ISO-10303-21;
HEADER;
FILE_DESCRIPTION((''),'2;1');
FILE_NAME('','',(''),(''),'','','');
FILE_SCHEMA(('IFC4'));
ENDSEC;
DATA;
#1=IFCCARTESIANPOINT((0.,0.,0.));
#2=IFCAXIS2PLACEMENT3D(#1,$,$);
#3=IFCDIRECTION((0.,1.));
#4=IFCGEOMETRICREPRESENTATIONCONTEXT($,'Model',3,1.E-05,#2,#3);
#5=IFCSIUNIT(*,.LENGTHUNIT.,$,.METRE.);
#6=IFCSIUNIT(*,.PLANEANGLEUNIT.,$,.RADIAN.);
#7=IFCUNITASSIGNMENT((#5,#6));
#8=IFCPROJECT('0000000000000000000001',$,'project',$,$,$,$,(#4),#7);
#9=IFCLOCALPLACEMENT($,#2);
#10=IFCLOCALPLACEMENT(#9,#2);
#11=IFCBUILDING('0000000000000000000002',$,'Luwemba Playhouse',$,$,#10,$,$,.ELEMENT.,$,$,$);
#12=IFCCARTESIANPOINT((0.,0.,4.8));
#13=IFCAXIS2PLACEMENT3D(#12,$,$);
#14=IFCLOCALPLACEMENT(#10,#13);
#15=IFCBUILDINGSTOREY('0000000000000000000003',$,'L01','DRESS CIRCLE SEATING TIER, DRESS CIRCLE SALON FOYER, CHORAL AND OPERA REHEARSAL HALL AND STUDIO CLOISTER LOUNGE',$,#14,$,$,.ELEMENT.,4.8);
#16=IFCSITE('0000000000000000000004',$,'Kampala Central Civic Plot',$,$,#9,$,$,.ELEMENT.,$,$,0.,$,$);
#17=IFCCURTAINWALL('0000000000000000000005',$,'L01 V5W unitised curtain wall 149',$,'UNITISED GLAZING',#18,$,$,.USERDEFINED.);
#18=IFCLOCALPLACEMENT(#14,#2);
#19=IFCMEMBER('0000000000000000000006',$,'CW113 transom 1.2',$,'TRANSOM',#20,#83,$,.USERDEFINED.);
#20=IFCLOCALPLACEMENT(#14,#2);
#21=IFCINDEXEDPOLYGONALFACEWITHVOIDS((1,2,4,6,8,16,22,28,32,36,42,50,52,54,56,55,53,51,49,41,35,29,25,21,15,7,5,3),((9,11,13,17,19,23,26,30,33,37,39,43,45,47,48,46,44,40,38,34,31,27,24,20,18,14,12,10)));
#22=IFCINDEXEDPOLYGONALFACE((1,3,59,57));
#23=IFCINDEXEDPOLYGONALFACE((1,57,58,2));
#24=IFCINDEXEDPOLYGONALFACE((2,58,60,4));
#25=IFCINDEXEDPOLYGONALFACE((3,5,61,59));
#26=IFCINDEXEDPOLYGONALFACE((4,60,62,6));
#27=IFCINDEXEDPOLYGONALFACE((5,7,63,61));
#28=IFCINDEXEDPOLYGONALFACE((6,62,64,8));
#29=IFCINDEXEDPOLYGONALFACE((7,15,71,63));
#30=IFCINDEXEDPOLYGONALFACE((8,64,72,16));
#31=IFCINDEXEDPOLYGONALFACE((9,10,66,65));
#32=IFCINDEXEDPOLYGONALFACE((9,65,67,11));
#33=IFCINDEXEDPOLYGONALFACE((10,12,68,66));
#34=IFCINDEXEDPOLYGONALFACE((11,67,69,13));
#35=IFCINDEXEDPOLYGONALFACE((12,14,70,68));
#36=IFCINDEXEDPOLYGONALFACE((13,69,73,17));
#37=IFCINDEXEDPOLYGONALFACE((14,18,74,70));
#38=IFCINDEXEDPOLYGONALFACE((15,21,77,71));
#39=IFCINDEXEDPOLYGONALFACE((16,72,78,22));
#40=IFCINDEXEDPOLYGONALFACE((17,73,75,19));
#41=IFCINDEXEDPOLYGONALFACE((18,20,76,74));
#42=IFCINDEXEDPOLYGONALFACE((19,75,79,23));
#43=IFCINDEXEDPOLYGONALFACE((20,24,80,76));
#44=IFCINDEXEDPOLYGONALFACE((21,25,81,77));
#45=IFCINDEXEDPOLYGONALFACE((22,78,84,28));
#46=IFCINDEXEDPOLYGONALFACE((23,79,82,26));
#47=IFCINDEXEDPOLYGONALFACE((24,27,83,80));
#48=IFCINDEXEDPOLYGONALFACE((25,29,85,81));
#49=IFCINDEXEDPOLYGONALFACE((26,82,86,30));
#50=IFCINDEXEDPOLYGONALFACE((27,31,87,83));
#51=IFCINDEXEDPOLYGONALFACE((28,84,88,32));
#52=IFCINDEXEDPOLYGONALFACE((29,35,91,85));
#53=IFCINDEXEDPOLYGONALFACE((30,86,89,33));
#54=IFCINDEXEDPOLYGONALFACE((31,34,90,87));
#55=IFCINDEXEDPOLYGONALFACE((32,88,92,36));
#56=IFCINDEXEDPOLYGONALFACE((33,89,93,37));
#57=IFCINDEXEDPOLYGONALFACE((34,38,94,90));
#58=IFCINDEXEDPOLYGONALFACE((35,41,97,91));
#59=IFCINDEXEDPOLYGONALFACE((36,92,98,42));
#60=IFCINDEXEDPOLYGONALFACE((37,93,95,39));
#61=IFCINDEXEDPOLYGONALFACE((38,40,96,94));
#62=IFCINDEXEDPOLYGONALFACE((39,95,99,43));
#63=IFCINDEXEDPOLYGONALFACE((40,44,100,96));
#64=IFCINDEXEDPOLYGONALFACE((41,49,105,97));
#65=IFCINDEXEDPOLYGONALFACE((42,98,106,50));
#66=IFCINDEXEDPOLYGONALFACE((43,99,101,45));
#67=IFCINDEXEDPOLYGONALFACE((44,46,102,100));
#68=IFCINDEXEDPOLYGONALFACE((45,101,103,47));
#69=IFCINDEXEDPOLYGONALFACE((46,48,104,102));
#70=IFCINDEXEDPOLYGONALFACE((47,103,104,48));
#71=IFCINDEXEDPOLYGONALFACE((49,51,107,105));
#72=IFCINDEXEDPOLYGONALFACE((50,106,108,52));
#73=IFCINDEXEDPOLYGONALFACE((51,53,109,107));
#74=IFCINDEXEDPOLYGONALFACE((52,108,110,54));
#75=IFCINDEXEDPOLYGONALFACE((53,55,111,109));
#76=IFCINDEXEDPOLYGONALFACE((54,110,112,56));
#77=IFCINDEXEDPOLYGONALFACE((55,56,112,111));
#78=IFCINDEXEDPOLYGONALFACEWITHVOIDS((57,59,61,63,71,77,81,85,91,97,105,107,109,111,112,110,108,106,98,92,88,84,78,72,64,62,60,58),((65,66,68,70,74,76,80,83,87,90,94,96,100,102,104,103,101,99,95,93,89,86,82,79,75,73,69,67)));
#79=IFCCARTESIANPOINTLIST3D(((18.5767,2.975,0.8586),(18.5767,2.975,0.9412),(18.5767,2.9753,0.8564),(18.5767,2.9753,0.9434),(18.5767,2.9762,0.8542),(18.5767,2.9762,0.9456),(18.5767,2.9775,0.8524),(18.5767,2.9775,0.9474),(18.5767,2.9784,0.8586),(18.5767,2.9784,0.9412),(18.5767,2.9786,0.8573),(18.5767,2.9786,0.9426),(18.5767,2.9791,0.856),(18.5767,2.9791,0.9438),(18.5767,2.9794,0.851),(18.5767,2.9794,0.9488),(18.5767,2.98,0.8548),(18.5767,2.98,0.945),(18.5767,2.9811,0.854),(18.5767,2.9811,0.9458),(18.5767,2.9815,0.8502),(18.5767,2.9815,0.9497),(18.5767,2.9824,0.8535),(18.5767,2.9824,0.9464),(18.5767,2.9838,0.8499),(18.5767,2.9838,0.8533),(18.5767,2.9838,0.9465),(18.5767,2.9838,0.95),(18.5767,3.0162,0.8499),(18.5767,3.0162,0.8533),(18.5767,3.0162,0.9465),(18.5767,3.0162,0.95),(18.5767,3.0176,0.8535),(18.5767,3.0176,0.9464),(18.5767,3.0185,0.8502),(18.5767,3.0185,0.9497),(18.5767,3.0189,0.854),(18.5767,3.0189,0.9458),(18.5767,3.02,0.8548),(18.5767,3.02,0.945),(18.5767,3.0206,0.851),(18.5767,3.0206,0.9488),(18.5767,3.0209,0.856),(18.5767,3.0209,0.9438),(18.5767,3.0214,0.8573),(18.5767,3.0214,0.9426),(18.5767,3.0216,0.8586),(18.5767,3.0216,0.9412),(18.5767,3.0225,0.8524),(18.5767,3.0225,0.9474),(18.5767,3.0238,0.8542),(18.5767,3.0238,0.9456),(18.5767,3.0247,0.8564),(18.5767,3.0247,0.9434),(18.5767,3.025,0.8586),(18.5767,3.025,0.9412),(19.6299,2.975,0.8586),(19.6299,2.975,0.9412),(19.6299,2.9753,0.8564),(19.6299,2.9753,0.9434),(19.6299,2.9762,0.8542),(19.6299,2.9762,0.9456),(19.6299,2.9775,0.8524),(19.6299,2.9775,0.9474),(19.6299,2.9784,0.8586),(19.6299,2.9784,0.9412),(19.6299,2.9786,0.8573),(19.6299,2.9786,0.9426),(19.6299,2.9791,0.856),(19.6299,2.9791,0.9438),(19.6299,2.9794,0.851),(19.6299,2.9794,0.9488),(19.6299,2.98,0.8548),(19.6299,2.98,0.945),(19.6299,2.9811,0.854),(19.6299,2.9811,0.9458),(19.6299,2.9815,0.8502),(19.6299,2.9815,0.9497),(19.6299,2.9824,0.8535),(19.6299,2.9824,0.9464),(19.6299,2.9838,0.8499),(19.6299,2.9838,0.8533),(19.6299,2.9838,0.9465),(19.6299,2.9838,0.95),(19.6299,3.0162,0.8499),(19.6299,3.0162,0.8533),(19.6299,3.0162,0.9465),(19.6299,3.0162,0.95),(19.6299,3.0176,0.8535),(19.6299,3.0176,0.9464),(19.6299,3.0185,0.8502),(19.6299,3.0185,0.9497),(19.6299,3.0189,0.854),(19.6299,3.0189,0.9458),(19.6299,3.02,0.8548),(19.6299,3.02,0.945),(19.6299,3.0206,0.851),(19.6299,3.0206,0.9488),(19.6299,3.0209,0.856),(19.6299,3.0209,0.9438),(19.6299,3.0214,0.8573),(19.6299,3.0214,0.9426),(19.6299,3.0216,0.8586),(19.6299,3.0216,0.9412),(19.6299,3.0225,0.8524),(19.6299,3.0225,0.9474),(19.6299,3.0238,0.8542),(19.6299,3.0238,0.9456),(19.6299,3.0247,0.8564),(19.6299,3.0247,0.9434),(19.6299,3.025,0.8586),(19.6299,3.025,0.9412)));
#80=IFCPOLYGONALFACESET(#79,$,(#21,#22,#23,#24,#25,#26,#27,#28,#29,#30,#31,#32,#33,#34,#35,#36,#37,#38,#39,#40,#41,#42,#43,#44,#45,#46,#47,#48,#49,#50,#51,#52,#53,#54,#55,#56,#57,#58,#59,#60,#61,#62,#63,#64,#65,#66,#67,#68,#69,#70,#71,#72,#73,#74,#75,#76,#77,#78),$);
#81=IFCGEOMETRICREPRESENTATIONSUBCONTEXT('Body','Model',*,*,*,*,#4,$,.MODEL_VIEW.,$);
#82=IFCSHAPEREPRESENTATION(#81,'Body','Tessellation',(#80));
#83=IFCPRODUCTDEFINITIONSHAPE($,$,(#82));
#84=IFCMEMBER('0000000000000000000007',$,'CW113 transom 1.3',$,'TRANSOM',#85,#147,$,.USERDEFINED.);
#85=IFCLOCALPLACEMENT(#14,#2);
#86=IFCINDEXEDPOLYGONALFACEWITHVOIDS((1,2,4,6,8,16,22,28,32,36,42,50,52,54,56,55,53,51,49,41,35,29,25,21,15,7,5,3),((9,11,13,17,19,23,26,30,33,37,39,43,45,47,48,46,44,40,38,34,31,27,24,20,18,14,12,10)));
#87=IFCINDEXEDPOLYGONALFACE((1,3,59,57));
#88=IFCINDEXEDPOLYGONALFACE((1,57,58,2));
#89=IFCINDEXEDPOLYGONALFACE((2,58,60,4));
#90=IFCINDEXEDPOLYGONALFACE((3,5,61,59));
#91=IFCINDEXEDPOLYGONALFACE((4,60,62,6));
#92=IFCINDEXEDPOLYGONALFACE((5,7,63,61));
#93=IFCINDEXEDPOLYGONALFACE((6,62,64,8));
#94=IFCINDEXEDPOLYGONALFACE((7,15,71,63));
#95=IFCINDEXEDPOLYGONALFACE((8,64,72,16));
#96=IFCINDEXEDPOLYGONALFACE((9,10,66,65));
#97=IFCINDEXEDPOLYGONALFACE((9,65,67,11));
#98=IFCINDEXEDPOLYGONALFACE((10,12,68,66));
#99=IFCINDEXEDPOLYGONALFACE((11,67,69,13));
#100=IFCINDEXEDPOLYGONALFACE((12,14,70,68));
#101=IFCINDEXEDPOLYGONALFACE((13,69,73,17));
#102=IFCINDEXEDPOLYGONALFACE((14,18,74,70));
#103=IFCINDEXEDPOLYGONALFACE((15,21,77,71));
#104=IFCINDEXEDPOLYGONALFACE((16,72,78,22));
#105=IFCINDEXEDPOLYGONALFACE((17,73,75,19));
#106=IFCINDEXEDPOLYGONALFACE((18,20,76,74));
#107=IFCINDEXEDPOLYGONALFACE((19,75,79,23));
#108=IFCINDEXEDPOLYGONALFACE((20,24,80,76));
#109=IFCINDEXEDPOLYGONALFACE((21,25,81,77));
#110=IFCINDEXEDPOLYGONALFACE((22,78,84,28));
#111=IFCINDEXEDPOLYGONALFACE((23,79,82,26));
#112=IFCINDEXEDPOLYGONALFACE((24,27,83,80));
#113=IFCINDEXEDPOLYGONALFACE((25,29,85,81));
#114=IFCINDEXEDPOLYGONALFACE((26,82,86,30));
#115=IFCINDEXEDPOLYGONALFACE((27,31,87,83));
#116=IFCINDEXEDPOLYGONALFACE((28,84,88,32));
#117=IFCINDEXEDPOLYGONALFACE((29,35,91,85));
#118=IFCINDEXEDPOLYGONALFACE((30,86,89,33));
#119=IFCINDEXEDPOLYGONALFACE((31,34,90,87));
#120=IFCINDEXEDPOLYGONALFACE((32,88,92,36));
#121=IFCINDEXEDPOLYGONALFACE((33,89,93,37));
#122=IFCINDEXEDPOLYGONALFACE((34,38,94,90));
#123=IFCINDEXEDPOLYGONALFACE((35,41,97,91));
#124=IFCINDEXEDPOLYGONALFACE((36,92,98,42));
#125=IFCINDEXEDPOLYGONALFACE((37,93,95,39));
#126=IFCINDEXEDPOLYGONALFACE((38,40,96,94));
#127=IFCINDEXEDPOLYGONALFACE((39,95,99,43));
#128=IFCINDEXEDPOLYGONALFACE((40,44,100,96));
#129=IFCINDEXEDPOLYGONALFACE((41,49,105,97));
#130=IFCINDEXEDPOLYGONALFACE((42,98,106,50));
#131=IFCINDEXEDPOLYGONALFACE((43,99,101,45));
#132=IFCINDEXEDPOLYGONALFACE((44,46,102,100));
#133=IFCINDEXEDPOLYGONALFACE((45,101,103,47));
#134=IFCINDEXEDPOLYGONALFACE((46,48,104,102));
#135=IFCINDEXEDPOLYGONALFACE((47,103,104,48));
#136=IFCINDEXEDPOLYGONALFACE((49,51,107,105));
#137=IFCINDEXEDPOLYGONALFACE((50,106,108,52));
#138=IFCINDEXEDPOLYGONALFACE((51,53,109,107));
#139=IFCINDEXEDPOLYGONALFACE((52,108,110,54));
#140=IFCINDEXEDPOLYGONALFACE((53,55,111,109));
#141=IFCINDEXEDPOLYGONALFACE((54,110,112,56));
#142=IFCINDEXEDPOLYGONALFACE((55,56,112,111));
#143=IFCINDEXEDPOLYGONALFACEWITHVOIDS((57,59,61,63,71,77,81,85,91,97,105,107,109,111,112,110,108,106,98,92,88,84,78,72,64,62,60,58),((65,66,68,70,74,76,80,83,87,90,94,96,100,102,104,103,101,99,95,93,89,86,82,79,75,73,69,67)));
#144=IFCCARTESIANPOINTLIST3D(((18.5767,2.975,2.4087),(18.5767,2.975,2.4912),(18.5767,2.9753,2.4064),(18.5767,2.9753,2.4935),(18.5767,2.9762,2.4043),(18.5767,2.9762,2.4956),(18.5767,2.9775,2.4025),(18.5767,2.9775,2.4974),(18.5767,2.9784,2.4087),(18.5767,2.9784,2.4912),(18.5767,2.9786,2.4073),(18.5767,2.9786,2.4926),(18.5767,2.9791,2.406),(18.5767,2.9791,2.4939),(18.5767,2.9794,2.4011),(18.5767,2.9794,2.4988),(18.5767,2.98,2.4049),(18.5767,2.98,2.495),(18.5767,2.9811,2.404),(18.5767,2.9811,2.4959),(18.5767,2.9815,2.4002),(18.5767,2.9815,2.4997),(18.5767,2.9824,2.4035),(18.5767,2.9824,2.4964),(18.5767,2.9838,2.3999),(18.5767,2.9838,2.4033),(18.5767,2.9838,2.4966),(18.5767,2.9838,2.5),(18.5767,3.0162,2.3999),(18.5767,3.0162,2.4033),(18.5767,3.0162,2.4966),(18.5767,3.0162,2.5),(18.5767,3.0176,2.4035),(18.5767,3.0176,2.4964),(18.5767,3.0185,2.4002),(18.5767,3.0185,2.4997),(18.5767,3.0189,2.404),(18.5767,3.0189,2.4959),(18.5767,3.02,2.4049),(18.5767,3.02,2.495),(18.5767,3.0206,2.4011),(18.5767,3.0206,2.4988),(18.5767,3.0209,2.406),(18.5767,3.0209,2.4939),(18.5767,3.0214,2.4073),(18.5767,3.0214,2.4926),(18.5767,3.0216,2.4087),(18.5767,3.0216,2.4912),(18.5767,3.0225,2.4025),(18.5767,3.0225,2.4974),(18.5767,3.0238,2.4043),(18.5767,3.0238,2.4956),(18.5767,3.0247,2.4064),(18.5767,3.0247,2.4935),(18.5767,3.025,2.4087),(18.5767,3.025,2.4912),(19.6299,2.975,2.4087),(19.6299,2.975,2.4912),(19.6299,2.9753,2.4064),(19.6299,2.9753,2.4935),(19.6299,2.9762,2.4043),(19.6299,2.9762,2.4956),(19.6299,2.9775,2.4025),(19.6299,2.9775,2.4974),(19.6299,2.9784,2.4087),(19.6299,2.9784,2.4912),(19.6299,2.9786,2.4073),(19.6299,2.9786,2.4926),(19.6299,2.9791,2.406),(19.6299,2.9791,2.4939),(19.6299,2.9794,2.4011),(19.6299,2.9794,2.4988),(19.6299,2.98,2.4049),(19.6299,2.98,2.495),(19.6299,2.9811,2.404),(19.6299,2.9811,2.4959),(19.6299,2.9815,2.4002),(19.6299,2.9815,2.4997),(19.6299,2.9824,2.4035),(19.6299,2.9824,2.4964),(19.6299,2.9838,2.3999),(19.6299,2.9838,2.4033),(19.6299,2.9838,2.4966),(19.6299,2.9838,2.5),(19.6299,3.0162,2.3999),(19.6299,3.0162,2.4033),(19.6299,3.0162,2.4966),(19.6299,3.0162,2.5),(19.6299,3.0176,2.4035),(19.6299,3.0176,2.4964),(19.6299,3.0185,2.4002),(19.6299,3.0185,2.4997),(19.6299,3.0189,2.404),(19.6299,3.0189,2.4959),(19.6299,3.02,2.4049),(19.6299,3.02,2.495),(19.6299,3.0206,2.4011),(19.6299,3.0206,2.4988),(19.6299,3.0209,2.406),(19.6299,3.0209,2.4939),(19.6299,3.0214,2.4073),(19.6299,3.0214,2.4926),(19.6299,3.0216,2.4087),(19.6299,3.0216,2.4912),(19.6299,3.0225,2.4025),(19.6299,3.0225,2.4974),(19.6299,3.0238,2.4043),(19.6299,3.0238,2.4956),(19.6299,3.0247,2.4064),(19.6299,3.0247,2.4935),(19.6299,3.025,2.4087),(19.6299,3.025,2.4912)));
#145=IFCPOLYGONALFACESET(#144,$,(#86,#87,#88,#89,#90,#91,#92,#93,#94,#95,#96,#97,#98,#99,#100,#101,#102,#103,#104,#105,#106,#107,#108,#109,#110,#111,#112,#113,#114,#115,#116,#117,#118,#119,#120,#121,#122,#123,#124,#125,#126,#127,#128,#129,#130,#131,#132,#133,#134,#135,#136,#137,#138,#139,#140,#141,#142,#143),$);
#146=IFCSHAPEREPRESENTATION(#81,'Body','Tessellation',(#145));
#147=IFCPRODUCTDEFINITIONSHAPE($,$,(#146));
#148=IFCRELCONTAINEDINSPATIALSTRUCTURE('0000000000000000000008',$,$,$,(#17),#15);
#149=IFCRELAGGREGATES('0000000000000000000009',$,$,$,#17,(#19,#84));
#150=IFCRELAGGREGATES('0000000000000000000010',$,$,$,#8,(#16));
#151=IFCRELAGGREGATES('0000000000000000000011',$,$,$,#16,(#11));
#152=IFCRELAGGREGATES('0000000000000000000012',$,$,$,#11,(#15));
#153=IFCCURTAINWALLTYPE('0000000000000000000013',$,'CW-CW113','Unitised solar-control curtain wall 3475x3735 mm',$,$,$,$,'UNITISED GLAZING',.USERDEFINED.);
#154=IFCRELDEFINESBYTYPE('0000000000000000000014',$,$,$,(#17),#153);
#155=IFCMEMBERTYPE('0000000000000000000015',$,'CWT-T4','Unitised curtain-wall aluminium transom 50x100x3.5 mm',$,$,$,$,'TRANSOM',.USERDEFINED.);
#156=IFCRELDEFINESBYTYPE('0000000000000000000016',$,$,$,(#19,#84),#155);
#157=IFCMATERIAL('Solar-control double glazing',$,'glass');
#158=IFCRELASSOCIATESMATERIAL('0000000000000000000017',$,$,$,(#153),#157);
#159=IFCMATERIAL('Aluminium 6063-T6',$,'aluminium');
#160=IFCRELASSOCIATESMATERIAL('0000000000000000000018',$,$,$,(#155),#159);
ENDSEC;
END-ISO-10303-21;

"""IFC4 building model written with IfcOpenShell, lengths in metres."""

from ifc_helpers import new_model, si_unit, direction, frame, origin, origin_2d, place, context, subcontext, project, spatial, hollow_rectangle, extrude, material, material_profile, profile_set, type_object, element, aggregate, save


model = new_model("IFC4")

# Units and contexts
model_context = context("Model", 3, precision=1e-05, world=origin(), true_north=direction((0.0, 1.0)))
body_context = subcontext(model_context, "Body", "Model", "MODEL_VIEW")
ifc_project = project(units=[si_unit("LENGTHUNIT", "METRE"), si_unit("PLANEANGLEUNIT", "RADIAN")], contexts=[model_context])

# Site, building, storey
site_placement = place(None, origin())
site = spatial("IfcSite", under=ifc_project, at=site_placement, Name="Kampala Central Civic Plot", CompositionType="ELEMENT", RefElevation=0.0)
building_placement = place(site_placement, origin())
building = spatial("IfcBuilding", under=site, at=building_placement, Name="Luwemba Playhouse", CompositionType="ELEMENT")
storey_placement = place(building_placement, frame((0.0, 0.0, 4.8)))
storey = spatial("IfcBuildingStorey", under=building, at=storey_placement, Name="L01", Description="DRESS CIRCLE SEATING TIER, DRESS CIRCLE SALON FOYER, CHORAL AND OPERA REHEARSAL HALL AND STUDIO CLOISTER LOUNGE", CompositionType="ELEMENT", Elevation=4.8)

# Curtain wall
ifc_material_1 = material(Name="Solar-control double glazing", Category="glass")
ifc_material_2 = material(Name="Aluminium 6063-T6", Category="aluminium")
curtain_wall_type_1 = type_object("IfcCurtainWallType", Name="CW-CW113", Description="Unitised solar-control curtain wall 3475x3735 mm", ElementType="UNITISED GLAZING", PredefinedType="USERDEFINED", material=ifc_material_1)
curtain_wall_1_placement = place(storey_placement, origin())
curtain_wall_1 = element("IfcCurtainWall", 1, at=curtain_wall_1_placement, inside=storey, type_object=curtain_wall_type_1, Name="L01 V5W unitised curtain wall 149", ObjectType="UNITISED GLAZING", PredefinedType="USERDEFINED")

# Members
ifc_material_profile_1 = material_profile(ifc_material_2, hollow_rectangle(XDim=0.05, YDim=0.1001, WallThickness=0.0034, InnerFilletRadius=0.0054, OuterFilletRadius=0.0088, at=origin_2d()))
ifc_profile_set_1 = profile_set([ifc_material_profile_1], Name="Aluminium 6063-T6")
member_type_1 = type_object("IfcMemberType", Name="CWT-T4", Description="Unitised curtain-wall aluminium transom 50x100x3.5 mm", ElementType="TRANSOM", PredefinedType="USERDEFINED", material=ifc_profile_set_1)
member_1_placement = place(storey_placement, frame((19.6299, 3.0, 0.8999), z_axis=(-1.0, 0.0, 0.0), x_axis=(0.0, -1.0, 0.0)))
member_1 = element("IfcMember", 2, at=member_1_placement, type_object=member_type_1, Name="CW113 transom 1.2", ObjectType="TRANSOM", PredefinedType="USERDEFINED", context=body_context, shape_type="SweptSolid", body=[
    extrude(hollow_rectangle(XDim=0.05, YDim=0.1001, WallThickness=0.0034, InnerFilletRadius=0.0054, OuterFilletRadius=0.0088, at=origin_2d()), origin(), (0.0, 0.0, 1.0), 1.0532),
])
member_2_placement = place(storey_placement, frame((19.6299, 3.0, 2.45), z_axis=(-1.0, 0.0, 0.0), x_axis=(0.0, -1.0, 0.0)))
member_2 = element("IfcMember", 3, at=member_2_placement, type_object=member_type_1, Name="CW113 transom 1.3", ObjectType="TRANSOM", PredefinedType="USERDEFINED", context=body_context, shape_type="SweptSolid", body=[
    extrude(hollow_rectangle(XDim=0.05, YDim=0.1001, WallThickness=0.0034, InnerFilletRadius=0.0054, OuterFilletRadius=0.0088, at=origin_2d()), origin(), (0.0, 0.0, 1.0), 1.0532),
])

aggregate(curtain_wall_1, [member_1, member_2])

save(model, "model.ifc")
